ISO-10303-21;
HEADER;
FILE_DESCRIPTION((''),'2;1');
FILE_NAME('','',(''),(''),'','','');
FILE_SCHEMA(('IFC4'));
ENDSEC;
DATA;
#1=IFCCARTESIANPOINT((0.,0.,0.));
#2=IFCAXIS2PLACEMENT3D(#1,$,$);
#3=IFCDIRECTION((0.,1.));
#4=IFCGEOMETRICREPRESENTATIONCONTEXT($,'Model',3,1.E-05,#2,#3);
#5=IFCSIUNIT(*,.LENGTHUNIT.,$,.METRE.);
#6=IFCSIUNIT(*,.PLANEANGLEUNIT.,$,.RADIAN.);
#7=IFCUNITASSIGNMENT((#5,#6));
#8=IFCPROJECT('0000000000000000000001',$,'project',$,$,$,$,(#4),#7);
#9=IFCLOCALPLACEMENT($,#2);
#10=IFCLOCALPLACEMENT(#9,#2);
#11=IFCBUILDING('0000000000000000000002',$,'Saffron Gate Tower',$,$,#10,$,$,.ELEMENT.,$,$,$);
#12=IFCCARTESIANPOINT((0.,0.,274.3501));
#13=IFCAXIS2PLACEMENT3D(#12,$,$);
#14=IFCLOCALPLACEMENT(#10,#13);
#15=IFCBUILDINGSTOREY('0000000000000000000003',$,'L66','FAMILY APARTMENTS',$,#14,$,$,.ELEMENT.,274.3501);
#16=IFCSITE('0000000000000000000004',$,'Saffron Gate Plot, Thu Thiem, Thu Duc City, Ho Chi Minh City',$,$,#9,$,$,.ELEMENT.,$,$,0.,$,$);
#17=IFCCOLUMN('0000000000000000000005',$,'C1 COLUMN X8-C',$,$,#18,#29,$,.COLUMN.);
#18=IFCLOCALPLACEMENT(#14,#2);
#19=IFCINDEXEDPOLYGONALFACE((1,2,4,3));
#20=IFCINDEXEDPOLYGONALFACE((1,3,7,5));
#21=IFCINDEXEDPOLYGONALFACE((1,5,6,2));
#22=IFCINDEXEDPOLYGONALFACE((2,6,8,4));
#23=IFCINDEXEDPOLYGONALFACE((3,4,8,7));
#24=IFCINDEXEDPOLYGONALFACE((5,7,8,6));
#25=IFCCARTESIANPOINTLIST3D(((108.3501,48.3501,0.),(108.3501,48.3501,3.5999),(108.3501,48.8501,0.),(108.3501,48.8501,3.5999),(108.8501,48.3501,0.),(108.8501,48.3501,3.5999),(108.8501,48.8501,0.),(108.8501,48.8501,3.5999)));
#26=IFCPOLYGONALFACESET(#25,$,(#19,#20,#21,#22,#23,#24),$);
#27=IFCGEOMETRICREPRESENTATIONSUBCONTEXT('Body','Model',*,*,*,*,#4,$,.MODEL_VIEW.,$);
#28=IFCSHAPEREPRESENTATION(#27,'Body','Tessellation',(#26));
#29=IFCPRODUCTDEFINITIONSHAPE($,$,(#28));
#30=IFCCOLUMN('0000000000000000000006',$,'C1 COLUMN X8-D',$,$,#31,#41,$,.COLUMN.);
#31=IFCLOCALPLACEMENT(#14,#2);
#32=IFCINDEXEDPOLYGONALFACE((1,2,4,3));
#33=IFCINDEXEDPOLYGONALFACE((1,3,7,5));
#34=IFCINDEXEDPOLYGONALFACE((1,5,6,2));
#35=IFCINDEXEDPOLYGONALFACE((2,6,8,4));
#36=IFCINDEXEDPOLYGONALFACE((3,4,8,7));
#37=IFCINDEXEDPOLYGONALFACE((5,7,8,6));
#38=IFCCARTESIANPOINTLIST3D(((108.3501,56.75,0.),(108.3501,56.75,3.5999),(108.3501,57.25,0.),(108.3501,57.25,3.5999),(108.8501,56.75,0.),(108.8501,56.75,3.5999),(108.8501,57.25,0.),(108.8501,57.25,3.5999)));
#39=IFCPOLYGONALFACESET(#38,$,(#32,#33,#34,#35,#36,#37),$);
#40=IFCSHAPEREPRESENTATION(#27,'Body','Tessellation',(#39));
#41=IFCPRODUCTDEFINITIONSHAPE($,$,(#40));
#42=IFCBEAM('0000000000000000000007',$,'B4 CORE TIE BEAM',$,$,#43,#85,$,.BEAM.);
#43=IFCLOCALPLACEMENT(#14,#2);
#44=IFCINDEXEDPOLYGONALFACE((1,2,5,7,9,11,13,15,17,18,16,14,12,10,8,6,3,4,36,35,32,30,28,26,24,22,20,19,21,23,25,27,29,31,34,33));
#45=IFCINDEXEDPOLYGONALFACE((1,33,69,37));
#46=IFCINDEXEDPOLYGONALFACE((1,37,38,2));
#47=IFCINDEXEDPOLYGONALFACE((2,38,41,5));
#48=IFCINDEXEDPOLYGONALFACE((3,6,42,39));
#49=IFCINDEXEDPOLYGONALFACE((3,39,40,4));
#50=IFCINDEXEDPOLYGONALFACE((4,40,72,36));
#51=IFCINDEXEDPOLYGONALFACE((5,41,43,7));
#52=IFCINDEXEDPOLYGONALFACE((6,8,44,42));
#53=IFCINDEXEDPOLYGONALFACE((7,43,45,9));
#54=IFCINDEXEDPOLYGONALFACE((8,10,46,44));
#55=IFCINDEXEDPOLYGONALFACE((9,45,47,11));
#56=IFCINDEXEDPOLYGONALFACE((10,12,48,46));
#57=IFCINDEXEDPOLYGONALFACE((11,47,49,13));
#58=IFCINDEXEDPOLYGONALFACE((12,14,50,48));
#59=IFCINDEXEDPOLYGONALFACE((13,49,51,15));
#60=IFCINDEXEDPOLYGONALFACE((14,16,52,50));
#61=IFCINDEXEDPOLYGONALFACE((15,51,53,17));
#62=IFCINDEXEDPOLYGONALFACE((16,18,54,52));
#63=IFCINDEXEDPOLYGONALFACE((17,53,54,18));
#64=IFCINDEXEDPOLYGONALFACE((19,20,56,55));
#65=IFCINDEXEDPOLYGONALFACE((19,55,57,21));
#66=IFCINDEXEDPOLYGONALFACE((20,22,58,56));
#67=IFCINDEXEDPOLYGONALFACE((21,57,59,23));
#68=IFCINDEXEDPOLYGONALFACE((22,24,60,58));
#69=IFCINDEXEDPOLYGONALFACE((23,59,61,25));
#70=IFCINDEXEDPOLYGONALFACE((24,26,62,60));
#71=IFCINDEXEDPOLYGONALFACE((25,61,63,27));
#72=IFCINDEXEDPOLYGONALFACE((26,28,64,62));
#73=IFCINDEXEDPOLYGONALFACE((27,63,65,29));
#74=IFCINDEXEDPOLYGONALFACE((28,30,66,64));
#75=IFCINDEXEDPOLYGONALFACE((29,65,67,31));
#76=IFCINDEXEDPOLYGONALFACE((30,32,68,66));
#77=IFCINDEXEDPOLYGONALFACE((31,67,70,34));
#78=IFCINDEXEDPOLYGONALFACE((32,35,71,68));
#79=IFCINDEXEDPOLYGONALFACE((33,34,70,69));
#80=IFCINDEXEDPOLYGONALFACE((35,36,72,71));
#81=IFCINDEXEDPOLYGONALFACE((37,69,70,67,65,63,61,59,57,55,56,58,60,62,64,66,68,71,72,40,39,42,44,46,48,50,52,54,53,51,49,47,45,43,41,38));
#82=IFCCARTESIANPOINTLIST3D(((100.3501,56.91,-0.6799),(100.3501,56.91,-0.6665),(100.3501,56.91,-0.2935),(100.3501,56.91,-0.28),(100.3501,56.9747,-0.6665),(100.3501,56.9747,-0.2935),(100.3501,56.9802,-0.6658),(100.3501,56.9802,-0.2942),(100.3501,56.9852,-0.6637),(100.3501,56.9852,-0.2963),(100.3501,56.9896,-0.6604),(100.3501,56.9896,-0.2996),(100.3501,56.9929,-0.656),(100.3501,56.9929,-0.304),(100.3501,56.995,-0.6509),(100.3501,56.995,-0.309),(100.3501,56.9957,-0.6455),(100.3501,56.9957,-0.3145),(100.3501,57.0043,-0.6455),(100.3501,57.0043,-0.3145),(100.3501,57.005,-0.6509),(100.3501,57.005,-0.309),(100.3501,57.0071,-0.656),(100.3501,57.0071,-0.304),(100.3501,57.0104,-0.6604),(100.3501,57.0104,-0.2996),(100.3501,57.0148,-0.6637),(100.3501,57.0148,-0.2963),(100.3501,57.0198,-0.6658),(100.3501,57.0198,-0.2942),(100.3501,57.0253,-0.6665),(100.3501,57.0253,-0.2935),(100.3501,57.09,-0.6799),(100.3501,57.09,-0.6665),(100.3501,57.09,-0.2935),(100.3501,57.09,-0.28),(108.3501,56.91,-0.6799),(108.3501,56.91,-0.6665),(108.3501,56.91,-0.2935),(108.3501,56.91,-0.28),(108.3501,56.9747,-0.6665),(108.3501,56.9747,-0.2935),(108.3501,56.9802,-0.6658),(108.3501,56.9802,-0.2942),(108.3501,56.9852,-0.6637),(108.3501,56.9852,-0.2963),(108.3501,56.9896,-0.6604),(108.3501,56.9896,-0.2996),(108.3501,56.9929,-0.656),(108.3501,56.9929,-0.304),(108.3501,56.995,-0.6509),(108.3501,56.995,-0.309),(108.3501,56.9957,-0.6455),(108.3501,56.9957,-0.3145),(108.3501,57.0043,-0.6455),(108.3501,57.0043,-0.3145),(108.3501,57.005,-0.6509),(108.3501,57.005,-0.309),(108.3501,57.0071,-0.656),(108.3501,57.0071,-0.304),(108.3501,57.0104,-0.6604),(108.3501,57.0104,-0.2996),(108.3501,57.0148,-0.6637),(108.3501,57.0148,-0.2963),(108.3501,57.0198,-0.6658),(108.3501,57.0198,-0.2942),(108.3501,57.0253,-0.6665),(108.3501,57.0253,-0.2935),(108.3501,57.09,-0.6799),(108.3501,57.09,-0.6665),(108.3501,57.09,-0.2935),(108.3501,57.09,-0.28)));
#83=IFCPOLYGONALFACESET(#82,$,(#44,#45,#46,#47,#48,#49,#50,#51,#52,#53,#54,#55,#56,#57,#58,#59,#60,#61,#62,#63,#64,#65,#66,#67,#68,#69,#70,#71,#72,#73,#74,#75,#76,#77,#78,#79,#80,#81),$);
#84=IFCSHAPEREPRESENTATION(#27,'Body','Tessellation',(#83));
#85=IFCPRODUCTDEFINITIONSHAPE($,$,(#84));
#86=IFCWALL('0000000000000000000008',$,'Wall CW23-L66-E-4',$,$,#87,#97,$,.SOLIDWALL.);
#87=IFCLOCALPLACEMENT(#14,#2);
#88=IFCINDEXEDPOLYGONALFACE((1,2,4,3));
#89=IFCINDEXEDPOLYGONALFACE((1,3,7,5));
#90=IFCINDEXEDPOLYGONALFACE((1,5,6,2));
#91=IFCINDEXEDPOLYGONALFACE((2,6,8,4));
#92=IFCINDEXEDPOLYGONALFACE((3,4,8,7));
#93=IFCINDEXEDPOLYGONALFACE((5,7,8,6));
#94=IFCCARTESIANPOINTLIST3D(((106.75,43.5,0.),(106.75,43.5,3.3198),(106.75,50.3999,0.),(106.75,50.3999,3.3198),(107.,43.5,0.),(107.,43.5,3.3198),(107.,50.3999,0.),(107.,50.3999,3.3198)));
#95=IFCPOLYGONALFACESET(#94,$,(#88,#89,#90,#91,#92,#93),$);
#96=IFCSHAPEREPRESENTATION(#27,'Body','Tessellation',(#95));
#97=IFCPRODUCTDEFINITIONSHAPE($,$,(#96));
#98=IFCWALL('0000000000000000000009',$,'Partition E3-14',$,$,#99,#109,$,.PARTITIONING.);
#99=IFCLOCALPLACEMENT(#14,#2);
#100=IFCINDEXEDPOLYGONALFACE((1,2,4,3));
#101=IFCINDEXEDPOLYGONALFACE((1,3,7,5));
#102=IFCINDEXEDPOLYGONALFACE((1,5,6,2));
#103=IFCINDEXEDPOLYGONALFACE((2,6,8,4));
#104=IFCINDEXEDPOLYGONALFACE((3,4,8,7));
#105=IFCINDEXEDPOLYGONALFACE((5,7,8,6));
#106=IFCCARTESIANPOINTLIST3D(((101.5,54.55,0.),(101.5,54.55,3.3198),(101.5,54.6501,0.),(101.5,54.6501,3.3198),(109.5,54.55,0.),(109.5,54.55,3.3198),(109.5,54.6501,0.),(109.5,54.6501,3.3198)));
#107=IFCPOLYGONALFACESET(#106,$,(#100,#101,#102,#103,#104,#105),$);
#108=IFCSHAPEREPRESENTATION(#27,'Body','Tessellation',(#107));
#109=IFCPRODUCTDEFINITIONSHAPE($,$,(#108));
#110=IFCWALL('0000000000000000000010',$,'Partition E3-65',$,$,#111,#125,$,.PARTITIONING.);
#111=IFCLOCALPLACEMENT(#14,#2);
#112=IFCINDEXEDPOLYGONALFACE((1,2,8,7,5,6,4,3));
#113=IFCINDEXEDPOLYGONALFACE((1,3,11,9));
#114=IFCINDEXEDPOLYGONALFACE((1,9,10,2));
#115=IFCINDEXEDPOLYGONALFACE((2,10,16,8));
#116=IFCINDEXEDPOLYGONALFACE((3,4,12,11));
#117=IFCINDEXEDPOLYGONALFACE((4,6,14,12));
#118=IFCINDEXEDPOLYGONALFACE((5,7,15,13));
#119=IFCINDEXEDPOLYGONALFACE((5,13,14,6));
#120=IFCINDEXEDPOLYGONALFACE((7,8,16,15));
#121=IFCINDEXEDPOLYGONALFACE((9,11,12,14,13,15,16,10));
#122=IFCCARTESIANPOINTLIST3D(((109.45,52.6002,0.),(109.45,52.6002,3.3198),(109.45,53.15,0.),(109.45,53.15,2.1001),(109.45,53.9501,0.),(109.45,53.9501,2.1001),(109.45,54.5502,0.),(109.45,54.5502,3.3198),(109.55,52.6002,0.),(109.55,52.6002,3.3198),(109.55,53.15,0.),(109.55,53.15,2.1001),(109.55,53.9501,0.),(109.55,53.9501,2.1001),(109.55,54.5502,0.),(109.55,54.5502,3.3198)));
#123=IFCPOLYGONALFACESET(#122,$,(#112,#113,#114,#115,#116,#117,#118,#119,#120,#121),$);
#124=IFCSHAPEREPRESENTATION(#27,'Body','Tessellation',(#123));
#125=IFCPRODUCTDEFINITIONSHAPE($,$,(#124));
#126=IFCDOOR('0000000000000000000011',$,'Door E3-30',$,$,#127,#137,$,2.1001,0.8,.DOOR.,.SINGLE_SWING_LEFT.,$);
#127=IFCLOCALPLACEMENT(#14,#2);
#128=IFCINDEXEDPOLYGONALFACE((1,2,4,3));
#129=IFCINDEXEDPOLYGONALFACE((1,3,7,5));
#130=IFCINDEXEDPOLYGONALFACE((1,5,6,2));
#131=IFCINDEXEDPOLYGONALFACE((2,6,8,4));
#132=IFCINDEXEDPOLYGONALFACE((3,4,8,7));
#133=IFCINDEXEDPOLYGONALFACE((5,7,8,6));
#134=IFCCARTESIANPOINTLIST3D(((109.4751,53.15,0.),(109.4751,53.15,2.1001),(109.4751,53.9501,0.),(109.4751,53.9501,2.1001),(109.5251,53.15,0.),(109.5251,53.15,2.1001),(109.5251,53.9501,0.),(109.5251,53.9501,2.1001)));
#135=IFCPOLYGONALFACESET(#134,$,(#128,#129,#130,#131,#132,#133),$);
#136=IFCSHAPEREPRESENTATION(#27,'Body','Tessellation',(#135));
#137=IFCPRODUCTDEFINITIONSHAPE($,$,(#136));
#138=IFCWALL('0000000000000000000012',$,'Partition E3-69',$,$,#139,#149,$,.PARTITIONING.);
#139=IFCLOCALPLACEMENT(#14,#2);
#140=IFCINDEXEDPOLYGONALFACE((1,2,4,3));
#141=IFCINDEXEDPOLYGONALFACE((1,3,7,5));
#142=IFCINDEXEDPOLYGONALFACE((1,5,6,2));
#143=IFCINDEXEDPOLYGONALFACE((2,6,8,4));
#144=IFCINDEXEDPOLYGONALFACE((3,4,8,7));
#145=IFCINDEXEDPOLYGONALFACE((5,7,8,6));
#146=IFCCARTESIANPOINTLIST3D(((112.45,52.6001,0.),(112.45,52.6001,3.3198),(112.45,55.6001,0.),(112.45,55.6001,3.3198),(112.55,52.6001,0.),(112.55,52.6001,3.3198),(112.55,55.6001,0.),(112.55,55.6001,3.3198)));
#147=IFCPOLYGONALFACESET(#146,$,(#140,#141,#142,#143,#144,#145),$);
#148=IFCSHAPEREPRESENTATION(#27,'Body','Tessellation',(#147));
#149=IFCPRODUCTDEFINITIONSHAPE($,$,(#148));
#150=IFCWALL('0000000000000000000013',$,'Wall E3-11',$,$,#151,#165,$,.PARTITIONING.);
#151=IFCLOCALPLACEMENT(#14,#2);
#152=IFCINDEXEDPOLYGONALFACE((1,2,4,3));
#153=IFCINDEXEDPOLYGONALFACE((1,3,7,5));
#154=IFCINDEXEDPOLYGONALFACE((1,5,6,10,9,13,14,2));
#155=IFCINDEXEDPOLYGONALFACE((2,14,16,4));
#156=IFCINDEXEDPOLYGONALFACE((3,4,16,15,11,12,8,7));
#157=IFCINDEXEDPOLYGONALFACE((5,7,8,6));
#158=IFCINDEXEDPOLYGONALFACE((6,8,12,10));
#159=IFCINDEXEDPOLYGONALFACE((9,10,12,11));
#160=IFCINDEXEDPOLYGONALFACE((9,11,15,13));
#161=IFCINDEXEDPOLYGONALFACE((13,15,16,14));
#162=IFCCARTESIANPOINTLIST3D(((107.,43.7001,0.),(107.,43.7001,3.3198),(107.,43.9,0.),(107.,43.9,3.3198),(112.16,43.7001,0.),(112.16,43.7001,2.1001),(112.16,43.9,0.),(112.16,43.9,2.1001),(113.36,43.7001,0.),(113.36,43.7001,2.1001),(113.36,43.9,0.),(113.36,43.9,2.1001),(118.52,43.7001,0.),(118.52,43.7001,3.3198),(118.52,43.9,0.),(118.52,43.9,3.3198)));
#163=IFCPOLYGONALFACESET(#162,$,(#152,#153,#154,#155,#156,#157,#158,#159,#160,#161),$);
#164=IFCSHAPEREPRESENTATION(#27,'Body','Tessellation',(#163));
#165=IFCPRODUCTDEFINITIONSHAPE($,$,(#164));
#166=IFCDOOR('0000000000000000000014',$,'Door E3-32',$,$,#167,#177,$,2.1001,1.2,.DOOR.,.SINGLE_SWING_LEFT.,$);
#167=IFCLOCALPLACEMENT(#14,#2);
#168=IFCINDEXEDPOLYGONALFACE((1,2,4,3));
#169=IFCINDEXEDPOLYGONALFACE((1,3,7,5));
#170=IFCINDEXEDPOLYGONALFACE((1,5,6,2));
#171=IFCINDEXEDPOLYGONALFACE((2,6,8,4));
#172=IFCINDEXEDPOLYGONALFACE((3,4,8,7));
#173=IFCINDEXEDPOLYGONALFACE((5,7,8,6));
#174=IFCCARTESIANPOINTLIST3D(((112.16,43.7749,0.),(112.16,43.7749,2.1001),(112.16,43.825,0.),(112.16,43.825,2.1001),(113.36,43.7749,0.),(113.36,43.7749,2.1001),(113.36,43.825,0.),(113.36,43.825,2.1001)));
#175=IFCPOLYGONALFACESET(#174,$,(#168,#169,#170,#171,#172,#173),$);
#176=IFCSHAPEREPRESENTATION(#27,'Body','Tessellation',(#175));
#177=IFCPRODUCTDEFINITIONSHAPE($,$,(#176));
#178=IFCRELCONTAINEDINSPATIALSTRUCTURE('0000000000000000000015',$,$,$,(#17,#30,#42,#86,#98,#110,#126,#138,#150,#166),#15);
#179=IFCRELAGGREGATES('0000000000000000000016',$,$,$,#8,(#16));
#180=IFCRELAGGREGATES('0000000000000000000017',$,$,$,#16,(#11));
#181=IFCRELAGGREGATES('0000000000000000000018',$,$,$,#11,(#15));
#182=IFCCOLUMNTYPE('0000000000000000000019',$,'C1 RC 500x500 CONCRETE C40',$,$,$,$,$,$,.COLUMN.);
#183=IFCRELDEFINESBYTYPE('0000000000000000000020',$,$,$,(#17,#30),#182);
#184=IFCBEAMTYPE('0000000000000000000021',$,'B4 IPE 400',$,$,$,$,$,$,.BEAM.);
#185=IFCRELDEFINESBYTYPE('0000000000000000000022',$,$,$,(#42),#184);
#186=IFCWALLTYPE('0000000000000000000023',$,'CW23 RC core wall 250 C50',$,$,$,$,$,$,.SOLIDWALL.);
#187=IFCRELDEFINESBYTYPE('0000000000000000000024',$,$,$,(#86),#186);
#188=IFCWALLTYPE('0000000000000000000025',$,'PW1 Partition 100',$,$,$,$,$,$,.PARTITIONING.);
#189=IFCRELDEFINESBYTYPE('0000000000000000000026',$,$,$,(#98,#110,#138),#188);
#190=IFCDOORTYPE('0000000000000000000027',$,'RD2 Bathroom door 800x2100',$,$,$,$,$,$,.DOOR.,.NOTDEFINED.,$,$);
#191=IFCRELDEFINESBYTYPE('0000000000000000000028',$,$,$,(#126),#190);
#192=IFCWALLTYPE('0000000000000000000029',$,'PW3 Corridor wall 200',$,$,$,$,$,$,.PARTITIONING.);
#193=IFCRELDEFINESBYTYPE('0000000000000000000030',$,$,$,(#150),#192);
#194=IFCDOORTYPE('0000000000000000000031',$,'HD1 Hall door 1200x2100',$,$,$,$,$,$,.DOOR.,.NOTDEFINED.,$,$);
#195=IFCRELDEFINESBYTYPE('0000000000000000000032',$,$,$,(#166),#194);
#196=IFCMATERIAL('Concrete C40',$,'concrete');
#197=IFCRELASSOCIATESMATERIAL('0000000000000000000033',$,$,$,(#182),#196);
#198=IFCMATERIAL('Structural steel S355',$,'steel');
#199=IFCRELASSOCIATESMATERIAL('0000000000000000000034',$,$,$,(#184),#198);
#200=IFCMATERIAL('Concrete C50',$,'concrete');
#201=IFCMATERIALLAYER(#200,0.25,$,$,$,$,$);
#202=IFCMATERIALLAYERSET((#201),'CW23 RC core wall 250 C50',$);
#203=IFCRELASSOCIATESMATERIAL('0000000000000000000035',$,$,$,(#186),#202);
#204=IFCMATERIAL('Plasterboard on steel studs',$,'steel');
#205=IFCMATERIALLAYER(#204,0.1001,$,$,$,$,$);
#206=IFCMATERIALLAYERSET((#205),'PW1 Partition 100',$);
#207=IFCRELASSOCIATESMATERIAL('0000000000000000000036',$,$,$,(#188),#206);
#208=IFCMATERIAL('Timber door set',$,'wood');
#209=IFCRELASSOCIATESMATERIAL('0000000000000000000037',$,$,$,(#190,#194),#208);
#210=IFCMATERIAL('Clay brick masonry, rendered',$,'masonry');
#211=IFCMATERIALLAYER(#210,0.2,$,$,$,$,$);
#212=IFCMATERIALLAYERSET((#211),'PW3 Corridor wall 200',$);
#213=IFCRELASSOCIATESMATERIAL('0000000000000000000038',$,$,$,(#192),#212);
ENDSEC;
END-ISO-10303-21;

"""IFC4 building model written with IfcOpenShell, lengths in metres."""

from ifc_helpers import new_model, si_unit, direction, frame, frame_2d, origin, origin_2d, place, context, subcontext, project, spatial, rectangle, i_section, extrude, material, layer, layer_set, material_profile, profile_set, type_object, element, fill, save


model = new_model("IFC4")

# Units and contexts
model_context = context("Model", 3, precision=1e-05, world=origin(), true_north=direction((0.0, 1.0)))
body_context = subcontext(model_context, "Body", "Model", "MODEL_VIEW")
ifc_project = project(units=[si_unit("LENGTHUNIT", "METRE"), si_unit("PLANEANGLEUNIT", "RADIAN")], contexts=[model_context])

# Site, building, storey
site_placement = place(None, origin())
site = spatial("IfcSite", under=ifc_project, at=site_placement, Name="Saffron Gate Plot, Thu Thiem, Thu Duc City, Ho Chi Minh City", CompositionType="ELEMENT", RefElevation=0.0)
building_placement = place(site_placement, origin())
building = spatial("IfcBuilding", under=site, at=building_placement, Name="Saffron Gate Tower", CompositionType="ELEMENT")
storey_placement = place(building_placement, frame((0.0, 0.0, 274.3501)))
storey = spatial("IfcBuildingStorey", under=building, at=storey_placement, Name="L66", Description="FAMILY APARTMENTS", CompositionType="ELEMENT", Elevation=274.3501)

# Columns
ifc_material_1 = material(Name="Concrete C40", Category="concrete")
ifc_material_profile_1 = material_profile(ifc_material_1, rectangle(XDim=0.5, YDim=0.5, at=origin_2d()))
ifc_profile_set_1 = profile_set([ifc_material_profile_1], Name="Concrete C40")
column_type = type_object("IfcColumnType", Name="C1 RC 500x500 CONCRETE C40", PredefinedType="COLUMN", material=ifc_profile_set_1)
for number, where, z_axis, x_axis, name in (
    (1, (108.6001, 48.6001, 0.0), (0.0, 0.0, 1.0), (1.0, 0.0, 0.0), "C1 COLUMN X8-C"),
    (2, (108.6001, 57.0, 0.0), (0.0, 0.0, 1.0), (1.0, 0.0, 0.0), "C1 COLUMN X8-D"),
):
    element("IfcColumn", number, at=place(storey_placement, frame(where, z_axis=z_axis, x_axis=x_axis)), inside=storey, type_object=column_type, Name=name, PredefinedType="COLUMN", context=body_context, shape_type="SweptSolid", body=[
        extrude(rectangle(XDim=0.5, YDim=0.5, at=origin_2d()), origin(), (0.0, 0.0, 1.0), 3.5999),
    ])

# Beam
ifc_material_2 = material(Name="Structural steel S355", Category="steel")
ifc_material_profile_2 = material_profile(ifc_material_2, i_section(OverallWidth=0.1799, OverallDepth=0.3999, WebThickness=0.0085, FlangeThickness=0.0134, FilletRadius=0.021, at=origin_2d()))
ifc_profile_set_2 = profile_set([ifc_material_profile_2], Name="Structural steel S355")
beam_type = type_object("IfcBeamType", Name="B4 IPE 400", PredefinedType="BEAM", material=ifc_profile_set_2)
beam_placement = place(storey_placement, frame((108.3501, 57.0, -0.48), z_axis=(-1.0, 0.0, 0.0), x_axis=(0.0, -1.0, 0.0)))
element("IfcBeam", 3, at=beam_placement, inside=storey, type_object=beam_type, Name="B4 CORE TIE BEAM", PredefinedType="BEAM", context=body_context, shape_type="SweptSolid", body=[
    extrude(i_section(OverallWidth=0.1799, OverallDepth=0.3999, WebThickness=0.0085, FlangeThickness=0.0134, FilletRadius=0.021, at=origin_2d()), origin(), (0.0, 0.0, 1.0), 8.0),
])

# Walls
ifc_material_3 = material(Name="Concrete C50", Category="concrete")
ifc_layer_1 = layer(ifc_material_3, 0.25)
ifc_layer_set_1 = layer_set([ifc_layer_1], Name="CW23 RC core wall 250 C50")
wall_type_1 = type_object("IfcWallType", Name="CW23 RC core wall 250 C50", PredefinedType="SOLIDWALL", material=ifc_layer_set_1)
wall_1_placement = place(storey_placement, frame((106.875, 43.5, 0.0), z_axis=(0.0, 0.0, 1.0), x_axis=(0.0, 1.0, 0.0)))
element("IfcWall", 4, at=wall_1_placement, inside=storey, type_object=wall_type_1, Name="Wall CW23-L66-E-4", PredefinedType="SOLIDWALL", context=body_context, shape_type="SweptSolid", body=[
    extrude(rectangle(XDim=6.8999, YDim=0.25, at=frame_2d((3.45, 0.0))), origin(), (0.0, 0.0, 1.0), 3.3198),
])
ifc_material_4 = material(Name="Plasterboard on steel studs", Category="steel")
ifc_layer_2 = layer(ifc_material_4, 0.1001)
ifc_layer_set_2 = layer_set([ifc_layer_2], Name="PW1 Partition 100")
wall_type_2 = type_object("IfcWallType", Name="PW1 Partition 100", PredefinedType="PARTITIONING", material=ifc_layer_set_2)
wall_2_placement = place(storey_placement, frame((101.5, 54.6001, 0.0), z_axis=(0.0, 0.0, 1.0), x_axis=(1.0, 0.0, 0.0)))
element("IfcWall", 5, at=wall_2_placement, inside=storey, type_object=wall_type_2, Name="Partition E3-14", PredefinedType="PARTITIONING", context=body_context, shape_type="SweptSolid", body=[
    extrude(rectangle(XDim=8.0, YDim=0.1001, at=frame_2d((4.0, 0.0))), origin(), (0.0, 0.0, 1.0), 3.3198),
])

# Wall, opening, door
wall_3_placement = place(storey_placement, frame((109.5, 52.6001, 0.0), z_axis=(0.0, 0.0, 1.0), x_axis=(0.0, 1.0, 0.0)))
wall_3 = element("IfcWall", 6, at=wall_3_placement, inside=storey, type_object=wall_type_2, Name="Partition E3-65", PredefinedType="PARTITIONING", context=body_context, shape_type="SweptSolid", body=[
    extrude(rectangle(XDim=1.95, YDim=0.1001, at=frame_2d((0.9751, 0.0))), origin(), (0.0, 0.0, 1.0), 3.3198),
])
opening_1_placement = place(wall_3_placement, frame((0.55, 0.0, 0.0)))
opening_1 = element("IfcOpeningElement", 7, at=opening_1_placement, cuts=wall_3, PredefinedType="OPENING", context=body_context, shape_type="SweptSolid", body=[
    extrude(rectangle(XDim=0.8, YDim=2.1001, at=frame_2d((0.3999, 1.05))), frame((0.0, 0.0601, 0.0), z_axis=(0.0, -1.0, 0.0), x_axis=(1.0, 0.0, 0.0)), (0.0, 0.0, 1.0), 0.1201),
])
ifc_material_5 = material(Name="Timber door set", Category="wood")
door_type_1 = type_object("IfcDoorType", Name="RD2 Bathroom door 800x2100", OperationType="NOTDEFINED", PredefinedType="DOOR", material=ifc_material_5)
door_1_placement = place(opening_1_placement, origin())
door_1 = element("IfcDoor", 8, at=door_1_placement, inside=storey, type_object=door_type_1, Name="Door E3-30", OperationType="SINGLE_SWING_LEFT", OverallHeight=2.1001, OverallWidth=0.8, PredefinedType="DOOR", context=body_context, shape_type="SweptSolid", body=[
    extrude(rectangle(XDim=0.8, YDim=2.1001, at=frame_2d((0.3999, 1.05))), frame((0.0, 0.0249, 0.0), z_axis=(0.0, -1.0, 0.0), x_axis=(1.0, 0.0, 0.0)), (0.0, 0.0, 1.0), 0.05),
])
fill(opening_1, door_1)

# Wall
wall_4_placement = place(storey_placement, frame((112.5, 55.6001, 0.0), z_axis=(0.0, 0.0, 1.0), x_axis=(0.0, -1.0, 0.0)))
element("IfcWall", 9, at=wall_4_placement, inside=storey, type_object=wall_type_2, Name="Partition E3-69", PredefinedType="PARTITIONING", context=body_context, shape_type="SweptSolid", body=[
    extrude(rectangle(XDim=3.0, YDim=0.1001, at=frame_2d((1.5, 0.0))), origin(), (0.0, 0.0, 1.0), 3.3198),
])

# Wall, opening, door
ifc_material_6 = material(Name="Clay brick masonry, rendered", Category="masonry")
ifc_layer_3 = layer(ifc_material_6, 0.2)
ifc_layer_set_3 = layer_set([ifc_layer_3], Name="PW3 Corridor wall 200")
wall_type_3 = type_object("IfcWallType", Name="PW3 Corridor wall 200", PredefinedType="PARTITIONING", material=ifc_layer_set_3)
wall_5_placement = place(storey_placement, frame((107.0, 43.8, 0.0), z_axis=(0.0, 0.0, 1.0), x_axis=(1.0, 0.0, 0.0)))
wall_5 = element("IfcWall", 10, at=wall_5_placement, inside=storey, type_object=wall_type_3, Name="Wall E3-11", PredefinedType="PARTITIONING", context=body_context, shape_type="SweptSolid", body=[
    extrude(rectangle(XDim=11.52, YDim=0.2, at=frame_2d((5.76, 0.0))), origin(), (0.0, 0.0, 1.0), 3.3198),
])
opening_2_placement = place(wall_5_placement, frame((5.1599, 0.0, 0.0)))
opening_2 = element("IfcOpeningElement", 11, at=opening_2_placement, cuts=wall_5, PredefinedType="OPENING", context=body_context, shape_type="SweptSolid", body=[
    extrude(rectangle(XDim=1.2, YDim=2.1001, at=frame_2d((0.6001, 1.05))), frame((0.0, 0.1099, 0.0), z_axis=(0.0, -1.0, 0.0), x_axis=(1.0, 0.0, 0.0)), (0.0, 0.0, 1.0), 0.22),
])
door_type_2 = type_object("IfcDoorType", Name="HD1 Hall door 1200x2100", OperationType="NOTDEFINED", PredefinedType="DOOR", material=ifc_material_5)
door_2_placement = place(opening_2_placement, origin())
door_2 = element("IfcDoor", 12, at=door_2_placement, inside=storey, type_object=door_type_2, Name="Door E3-32", OperationType="SINGLE_SWING_LEFT", OverallHeight=2.1001, OverallWidth=1.2, PredefinedType="DOOR", context=body_context, shape_type="SweptSolid", body=[
    extrude(rectangle(XDim=1.2, YDim=2.1001, at=frame_2d((0.6001, 1.05))), frame((0.0, 0.0249, 0.0), z_axis=(0.0, -1.0, 0.0), x_axis=(1.0, 0.0, 0.0)), (0.0, 0.0, 1.0), 0.05),
])
fill(opening_2, door_2)

save(model, "model.ifc")
